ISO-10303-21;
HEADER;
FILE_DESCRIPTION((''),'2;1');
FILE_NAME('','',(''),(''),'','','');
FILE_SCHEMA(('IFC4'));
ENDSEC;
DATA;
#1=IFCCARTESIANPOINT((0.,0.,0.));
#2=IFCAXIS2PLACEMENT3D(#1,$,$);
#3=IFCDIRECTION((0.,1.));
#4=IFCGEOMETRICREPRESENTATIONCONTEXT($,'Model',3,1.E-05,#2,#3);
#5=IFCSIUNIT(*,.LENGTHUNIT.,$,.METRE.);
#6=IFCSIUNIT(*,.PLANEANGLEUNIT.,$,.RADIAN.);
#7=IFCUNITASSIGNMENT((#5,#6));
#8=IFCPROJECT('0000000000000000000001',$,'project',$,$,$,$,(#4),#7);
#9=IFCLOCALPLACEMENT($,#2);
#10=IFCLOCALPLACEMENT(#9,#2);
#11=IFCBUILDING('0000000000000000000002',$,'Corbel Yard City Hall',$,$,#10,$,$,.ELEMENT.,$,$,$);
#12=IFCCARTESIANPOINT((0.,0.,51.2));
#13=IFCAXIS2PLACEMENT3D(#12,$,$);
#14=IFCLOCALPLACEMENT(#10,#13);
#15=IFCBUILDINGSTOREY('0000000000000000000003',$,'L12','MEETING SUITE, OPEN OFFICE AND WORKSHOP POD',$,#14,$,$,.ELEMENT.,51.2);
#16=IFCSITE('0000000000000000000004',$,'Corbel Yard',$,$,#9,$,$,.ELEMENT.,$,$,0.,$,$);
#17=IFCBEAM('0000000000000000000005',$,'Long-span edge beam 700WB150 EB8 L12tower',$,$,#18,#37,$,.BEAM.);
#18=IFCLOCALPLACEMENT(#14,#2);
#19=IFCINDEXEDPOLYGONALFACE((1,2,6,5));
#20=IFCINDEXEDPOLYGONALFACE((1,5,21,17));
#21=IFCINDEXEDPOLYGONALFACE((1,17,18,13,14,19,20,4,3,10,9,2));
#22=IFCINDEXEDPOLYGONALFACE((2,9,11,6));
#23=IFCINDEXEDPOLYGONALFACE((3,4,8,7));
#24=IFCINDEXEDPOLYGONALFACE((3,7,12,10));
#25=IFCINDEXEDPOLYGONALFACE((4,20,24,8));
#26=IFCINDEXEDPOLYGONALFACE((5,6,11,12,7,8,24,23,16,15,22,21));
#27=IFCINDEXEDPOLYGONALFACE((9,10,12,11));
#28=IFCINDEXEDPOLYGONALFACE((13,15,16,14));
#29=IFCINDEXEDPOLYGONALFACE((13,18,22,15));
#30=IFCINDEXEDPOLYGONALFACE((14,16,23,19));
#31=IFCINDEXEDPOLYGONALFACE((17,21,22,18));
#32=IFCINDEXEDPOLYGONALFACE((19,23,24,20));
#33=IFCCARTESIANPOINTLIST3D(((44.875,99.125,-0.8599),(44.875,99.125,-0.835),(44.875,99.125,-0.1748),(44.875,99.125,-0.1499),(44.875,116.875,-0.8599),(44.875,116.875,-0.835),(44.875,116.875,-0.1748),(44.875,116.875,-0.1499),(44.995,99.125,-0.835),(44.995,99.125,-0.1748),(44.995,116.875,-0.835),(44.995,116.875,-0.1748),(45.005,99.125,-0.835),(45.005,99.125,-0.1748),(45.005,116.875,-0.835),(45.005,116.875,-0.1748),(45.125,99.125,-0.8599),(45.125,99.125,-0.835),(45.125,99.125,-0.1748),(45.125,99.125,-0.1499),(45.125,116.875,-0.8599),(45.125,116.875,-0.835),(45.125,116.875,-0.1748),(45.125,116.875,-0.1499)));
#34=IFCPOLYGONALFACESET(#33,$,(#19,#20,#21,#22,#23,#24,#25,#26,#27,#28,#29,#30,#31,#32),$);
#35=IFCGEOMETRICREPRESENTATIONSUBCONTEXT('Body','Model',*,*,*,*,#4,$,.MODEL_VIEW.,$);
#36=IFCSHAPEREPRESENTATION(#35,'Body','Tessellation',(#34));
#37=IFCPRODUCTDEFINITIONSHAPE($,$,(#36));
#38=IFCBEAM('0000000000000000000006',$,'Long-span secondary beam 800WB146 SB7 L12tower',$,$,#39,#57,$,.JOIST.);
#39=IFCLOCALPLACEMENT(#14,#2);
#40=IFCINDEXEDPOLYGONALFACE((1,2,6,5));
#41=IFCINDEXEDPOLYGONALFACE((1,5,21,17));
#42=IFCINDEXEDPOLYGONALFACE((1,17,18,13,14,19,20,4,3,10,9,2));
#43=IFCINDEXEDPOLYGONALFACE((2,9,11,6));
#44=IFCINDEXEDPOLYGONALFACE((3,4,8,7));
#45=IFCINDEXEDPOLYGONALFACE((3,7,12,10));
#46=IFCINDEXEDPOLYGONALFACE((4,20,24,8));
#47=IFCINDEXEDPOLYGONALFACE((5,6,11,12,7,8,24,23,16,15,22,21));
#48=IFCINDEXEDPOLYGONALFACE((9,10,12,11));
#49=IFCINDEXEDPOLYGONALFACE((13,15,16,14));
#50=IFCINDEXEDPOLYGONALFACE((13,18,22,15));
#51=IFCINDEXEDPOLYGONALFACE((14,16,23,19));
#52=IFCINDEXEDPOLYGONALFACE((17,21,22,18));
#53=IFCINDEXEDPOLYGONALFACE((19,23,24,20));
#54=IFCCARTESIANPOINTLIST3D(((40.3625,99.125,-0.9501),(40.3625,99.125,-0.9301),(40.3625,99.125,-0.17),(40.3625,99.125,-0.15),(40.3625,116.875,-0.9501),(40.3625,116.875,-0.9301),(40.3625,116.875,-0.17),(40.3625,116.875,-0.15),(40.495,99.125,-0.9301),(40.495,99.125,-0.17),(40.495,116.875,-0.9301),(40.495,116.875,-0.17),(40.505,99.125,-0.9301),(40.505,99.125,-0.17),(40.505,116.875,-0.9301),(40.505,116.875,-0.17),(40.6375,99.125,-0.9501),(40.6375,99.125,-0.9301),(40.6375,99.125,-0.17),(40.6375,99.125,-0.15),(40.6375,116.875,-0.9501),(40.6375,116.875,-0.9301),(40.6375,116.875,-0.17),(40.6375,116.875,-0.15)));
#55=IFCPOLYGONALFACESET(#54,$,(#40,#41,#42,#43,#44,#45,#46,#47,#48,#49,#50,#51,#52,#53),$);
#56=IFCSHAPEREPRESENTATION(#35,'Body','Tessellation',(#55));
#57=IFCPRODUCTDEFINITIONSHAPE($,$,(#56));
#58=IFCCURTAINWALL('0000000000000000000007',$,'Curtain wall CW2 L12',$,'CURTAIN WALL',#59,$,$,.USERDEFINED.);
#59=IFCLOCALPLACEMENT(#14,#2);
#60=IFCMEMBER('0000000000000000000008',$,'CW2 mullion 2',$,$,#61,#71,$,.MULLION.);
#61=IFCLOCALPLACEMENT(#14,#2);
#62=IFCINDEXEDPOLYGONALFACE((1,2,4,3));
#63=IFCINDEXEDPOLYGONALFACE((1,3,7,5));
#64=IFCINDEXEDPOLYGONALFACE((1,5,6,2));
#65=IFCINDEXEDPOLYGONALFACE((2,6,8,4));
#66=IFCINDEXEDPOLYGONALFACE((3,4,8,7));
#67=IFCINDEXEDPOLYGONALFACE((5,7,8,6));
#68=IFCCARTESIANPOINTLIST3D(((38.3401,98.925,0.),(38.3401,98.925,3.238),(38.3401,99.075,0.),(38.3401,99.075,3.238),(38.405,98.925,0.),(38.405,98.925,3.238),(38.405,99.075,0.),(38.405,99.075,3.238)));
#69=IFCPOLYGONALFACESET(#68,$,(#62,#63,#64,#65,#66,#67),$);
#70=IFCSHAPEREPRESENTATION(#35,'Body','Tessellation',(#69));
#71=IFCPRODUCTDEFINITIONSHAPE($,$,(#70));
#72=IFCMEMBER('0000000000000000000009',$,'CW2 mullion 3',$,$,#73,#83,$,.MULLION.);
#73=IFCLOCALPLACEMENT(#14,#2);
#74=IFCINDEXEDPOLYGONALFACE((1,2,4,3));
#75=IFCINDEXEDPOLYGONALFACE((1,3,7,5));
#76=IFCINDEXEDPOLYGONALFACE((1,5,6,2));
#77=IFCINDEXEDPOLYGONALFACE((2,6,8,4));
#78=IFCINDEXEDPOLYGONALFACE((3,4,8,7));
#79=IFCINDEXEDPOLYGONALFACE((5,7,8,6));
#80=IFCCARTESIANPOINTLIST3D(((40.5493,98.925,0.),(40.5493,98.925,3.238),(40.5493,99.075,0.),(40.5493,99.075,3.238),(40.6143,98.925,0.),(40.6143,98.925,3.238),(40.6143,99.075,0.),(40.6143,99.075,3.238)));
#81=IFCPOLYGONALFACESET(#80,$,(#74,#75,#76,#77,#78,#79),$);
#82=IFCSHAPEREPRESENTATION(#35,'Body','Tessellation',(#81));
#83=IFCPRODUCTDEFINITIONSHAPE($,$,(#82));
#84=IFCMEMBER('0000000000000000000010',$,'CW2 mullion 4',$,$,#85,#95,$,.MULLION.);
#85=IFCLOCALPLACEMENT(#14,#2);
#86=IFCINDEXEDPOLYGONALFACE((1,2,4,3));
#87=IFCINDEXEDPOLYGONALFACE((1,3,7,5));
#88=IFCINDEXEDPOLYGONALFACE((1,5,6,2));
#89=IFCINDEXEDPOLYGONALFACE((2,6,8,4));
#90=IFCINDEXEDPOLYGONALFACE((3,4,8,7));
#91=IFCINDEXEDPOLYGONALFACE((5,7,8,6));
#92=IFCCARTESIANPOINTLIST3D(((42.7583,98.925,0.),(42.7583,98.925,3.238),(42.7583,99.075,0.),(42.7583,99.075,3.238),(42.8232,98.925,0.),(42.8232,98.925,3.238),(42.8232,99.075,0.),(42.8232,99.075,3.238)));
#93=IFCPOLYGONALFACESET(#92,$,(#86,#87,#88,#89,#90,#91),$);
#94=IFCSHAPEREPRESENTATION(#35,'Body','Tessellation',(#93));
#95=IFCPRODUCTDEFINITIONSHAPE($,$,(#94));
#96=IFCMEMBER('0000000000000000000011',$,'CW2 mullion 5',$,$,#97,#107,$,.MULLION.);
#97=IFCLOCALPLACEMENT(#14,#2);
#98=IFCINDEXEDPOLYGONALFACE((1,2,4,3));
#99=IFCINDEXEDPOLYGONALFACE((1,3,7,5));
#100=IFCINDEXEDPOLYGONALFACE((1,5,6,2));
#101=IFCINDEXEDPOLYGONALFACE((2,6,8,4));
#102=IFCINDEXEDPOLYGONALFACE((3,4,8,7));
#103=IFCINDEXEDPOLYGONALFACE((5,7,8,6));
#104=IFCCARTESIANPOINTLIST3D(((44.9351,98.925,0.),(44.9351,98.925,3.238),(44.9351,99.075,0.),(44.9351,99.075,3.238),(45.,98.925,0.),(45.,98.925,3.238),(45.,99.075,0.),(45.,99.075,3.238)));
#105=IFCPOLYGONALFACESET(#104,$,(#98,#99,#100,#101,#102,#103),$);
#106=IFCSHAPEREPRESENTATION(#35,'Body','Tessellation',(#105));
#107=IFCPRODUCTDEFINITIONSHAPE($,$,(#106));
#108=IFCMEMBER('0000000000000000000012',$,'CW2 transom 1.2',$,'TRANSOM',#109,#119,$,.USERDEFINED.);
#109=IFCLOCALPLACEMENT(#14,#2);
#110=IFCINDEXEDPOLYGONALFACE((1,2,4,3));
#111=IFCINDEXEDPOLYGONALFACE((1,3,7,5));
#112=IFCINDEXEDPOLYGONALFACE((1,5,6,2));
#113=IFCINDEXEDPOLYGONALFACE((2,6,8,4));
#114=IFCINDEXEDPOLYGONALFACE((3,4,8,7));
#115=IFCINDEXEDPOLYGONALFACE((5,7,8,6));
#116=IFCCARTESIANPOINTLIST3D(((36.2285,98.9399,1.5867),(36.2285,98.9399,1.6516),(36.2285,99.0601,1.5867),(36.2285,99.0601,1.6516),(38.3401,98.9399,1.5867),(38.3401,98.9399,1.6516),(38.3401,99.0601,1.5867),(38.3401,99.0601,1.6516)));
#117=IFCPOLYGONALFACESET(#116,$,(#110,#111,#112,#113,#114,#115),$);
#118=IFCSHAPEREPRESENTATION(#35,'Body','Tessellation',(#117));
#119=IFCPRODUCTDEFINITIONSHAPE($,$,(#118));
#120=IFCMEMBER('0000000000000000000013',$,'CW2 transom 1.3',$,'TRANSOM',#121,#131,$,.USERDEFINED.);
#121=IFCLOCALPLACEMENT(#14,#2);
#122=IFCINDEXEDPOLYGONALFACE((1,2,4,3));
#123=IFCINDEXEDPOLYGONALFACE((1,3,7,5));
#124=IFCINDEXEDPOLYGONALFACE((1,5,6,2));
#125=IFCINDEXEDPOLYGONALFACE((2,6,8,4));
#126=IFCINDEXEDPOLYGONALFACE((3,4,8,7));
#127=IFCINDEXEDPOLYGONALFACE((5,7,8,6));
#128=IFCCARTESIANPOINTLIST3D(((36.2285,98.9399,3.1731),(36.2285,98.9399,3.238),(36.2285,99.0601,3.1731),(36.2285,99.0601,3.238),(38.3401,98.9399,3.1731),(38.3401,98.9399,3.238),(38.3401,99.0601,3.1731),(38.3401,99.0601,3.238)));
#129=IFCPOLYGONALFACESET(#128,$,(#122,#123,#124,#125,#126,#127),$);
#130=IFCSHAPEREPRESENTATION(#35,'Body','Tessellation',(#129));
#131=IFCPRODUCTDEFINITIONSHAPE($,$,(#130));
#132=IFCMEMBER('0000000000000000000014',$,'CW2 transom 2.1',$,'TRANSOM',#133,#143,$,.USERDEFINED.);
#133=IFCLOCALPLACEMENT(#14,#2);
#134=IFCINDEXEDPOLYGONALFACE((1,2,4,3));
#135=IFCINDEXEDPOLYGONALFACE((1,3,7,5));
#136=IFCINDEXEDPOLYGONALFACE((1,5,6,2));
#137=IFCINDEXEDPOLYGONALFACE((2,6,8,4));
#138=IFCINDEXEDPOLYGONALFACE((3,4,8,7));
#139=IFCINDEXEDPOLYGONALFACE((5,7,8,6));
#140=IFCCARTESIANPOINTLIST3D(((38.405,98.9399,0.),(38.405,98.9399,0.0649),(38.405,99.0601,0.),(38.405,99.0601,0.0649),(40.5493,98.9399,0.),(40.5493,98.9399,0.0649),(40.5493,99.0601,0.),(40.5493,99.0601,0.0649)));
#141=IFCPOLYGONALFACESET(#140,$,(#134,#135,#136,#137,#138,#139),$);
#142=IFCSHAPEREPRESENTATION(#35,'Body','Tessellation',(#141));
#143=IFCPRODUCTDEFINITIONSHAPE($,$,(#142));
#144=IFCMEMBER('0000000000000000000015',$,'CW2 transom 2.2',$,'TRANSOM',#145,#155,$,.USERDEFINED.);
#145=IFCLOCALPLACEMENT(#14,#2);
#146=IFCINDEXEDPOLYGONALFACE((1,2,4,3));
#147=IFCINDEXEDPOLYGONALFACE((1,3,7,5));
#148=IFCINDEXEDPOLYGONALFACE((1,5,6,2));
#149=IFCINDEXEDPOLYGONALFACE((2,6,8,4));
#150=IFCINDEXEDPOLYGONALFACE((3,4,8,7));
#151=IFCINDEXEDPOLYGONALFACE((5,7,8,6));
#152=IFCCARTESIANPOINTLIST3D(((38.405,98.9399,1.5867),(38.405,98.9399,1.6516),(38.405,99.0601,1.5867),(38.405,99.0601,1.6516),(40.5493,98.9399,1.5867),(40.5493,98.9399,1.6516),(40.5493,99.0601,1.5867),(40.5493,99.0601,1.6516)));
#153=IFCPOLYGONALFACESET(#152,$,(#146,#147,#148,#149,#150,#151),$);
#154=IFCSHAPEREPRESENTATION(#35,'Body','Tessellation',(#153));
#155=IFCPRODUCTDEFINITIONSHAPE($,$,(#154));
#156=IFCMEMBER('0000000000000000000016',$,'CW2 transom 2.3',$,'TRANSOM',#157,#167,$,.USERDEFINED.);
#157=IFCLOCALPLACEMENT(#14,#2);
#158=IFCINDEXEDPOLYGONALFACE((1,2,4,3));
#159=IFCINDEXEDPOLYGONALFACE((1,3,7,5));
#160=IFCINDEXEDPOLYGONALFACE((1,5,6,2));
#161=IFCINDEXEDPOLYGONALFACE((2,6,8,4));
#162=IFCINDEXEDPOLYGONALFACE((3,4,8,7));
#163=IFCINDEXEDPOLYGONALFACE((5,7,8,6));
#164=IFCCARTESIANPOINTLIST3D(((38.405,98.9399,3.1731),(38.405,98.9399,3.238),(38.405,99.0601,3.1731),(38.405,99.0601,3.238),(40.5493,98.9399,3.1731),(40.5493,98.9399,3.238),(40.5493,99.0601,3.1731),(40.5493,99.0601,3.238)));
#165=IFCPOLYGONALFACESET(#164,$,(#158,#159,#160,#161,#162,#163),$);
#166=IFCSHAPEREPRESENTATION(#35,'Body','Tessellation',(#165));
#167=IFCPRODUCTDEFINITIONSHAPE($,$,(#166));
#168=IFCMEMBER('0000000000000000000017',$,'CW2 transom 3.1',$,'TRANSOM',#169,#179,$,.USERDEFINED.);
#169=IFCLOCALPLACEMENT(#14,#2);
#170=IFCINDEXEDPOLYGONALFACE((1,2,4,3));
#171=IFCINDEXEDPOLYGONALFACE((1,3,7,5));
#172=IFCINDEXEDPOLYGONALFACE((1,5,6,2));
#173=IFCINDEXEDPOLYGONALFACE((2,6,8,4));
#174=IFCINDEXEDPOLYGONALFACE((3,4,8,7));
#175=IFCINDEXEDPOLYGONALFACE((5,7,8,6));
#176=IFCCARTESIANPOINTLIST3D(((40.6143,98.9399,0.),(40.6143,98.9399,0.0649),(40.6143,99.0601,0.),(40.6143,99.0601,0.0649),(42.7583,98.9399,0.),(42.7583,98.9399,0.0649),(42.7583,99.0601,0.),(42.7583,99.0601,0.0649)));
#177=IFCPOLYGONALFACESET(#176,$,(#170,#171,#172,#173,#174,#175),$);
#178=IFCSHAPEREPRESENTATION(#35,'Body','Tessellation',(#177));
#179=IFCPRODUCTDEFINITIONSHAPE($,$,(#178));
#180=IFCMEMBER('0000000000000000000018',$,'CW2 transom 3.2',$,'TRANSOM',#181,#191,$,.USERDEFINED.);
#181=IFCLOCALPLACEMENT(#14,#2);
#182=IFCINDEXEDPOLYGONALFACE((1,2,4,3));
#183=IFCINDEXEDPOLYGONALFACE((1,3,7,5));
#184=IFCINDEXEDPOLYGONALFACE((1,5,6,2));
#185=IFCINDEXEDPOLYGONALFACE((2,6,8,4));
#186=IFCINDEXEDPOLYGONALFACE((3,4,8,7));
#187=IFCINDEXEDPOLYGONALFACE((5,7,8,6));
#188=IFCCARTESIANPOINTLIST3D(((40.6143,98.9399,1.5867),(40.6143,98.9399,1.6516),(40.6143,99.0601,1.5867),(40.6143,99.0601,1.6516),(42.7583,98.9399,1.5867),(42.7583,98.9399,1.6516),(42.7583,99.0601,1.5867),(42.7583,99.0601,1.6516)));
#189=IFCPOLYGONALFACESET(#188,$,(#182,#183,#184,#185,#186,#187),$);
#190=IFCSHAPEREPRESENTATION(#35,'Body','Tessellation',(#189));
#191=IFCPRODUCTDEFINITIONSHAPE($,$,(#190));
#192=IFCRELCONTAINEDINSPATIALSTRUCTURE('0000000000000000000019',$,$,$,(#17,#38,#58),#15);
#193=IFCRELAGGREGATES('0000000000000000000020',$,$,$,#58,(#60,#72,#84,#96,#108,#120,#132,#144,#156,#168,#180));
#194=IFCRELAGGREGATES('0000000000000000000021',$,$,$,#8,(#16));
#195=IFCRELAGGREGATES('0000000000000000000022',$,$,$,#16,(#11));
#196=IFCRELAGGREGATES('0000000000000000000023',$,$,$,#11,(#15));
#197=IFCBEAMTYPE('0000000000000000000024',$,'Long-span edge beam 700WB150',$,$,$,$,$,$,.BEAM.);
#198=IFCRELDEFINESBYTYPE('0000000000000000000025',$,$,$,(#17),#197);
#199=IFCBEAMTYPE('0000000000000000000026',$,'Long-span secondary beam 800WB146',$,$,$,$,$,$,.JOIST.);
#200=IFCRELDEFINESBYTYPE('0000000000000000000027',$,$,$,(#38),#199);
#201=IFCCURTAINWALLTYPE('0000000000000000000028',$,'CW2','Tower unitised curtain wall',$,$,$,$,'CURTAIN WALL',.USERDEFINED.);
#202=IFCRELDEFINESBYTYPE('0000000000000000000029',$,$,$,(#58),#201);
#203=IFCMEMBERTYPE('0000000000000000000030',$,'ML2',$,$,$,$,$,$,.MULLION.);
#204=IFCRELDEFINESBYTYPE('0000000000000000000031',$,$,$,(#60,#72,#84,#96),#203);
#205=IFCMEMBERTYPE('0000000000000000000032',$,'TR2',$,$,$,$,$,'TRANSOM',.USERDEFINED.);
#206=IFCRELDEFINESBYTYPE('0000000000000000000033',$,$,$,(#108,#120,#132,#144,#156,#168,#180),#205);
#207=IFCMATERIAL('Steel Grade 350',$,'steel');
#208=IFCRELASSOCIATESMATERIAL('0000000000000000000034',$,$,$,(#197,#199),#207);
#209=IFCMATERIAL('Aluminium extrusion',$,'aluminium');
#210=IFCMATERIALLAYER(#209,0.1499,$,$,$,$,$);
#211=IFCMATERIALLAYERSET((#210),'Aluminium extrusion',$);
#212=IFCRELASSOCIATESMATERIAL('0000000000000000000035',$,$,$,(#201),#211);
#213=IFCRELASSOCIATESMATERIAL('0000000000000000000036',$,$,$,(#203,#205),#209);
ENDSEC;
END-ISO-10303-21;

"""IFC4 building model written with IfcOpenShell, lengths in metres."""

from ifc_helpers import new_model, si_unit, direction, frame, origin, origin_2d, place, context, subcontext, project, spatial, rectangle, i_section, extrude, material, layer, layer_set, material_profile, profile_set, type_object, element, aggregate, save


model = new_model("IFC4")

# Units and contexts
model_context = context("Model", 3, precision=1e-05, world=origin(), true_north=direction((0.0, 1.0)))
body_context = subcontext(model_context, "Body", "Model", "MODEL_VIEW")
ifc_project = project(units=[si_unit("LENGTHUNIT", "METRE"), si_unit("PLANEANGLEUNIT", "RADIAN")], contexts=[model_context])

# Site, building, storey
site_placement = place(None, origin())
site = spatial("IfcSite", under=ifc_project, at=site_placement, Name="Corbel Yard", CompositionType="ELEMENT", RefElevation=0.0)
building_placement = place(site_placement, origin())
building = spatial("IfcBuilding", under=site, at=building_placement, Name="Corbel Yard City Hall", CompositionType="ELEMENT")
storey_placement = place(building_placement, frame((0.0, 0.0, 51.2)))
storey = spatial("IfcBuildingStorey", under=building, at=storey_placement, Name="L12", Description="MEETING SUITE, OPEN OFFICE AND WORKSHOP POD", CompositionType="ELEMENT", Elevation=51.2)

# Beams
ifc_material_1 = material(Name="Steel Grade 350", Category="steel")
ifc_material_profile_1 = material_profile(ifc_material_1, i_section(OverallWidth=0.25, OverallDepth=0.71, WebThickness=0.01, FlangeThickness=0.0249, at=origin_2d()), Name="700WB150")
ifc_profile_set_1 = profile_set([ifc_material_profile_1], Name="Steel Grade 350")
beam_type_1 = type_object("IfcBeamType", Name="Long-span edge beam 700WB150", PredefinedType="BEAM", material=ifc_profile_set_1)
beam_1_placement = place(storey_placement, frame((45.0, 99.125, -0.5049), z_axis=(0.0, 1.0, 0.0), x_axis=(-1.0, 0.0, 0.0)))
element("IfcBeam", 1, at=beam_1_placement, inside=storey, type_object=beam_type_1, Name="Long-span edge beam 700WB150 EB8 L12tower", PredefinedType="BEAM", context=body_context, shape_type="SweptSolid", body=[
    extrude(i_section(OverallWidth=0.25, OverallDepth=0.71, WebThickness=0.01, FlangeThickness=0.0249, at=origin_2d()), origin(), (0.0, 0.0, 1.0), 17.75),
])
ifc_material_profile_2 = material_profile(ifc_material_1, i_section(OverallWidth=0.2749, OverallDepth=0.8, WebThickness=0.01, FlangeThickness=0.02, at=origin_2d()), Name="800WB146")
ifc_profile_set_2 = profile_set([ifc_material_profile_2], Name="Steel Grade 350")
beam_type_2 = type_object("IfcBeamType", Name="Long-span secondary beam 800WB146", PredefinedType="JOIST", material=ifc_profile_set_2)
beam_2_placement = place(storey_placement, frame((40.5, 99.125, -0.55), z_axis=(0.0, 1.0, 0.0), x_axis=(-1.0, 0.0, 0.0)))
element("IfcBeam", 2, at=beam_2_placement, inside=storey, type_object=beam_type_2, Name="Long-span secondary beam 800WB146 SB7 L12tower", PredefinedType="JOIST", context=body_context, shape_type="SweptSolid", body=[
    extrude(i_section(OverallWidth=0.2749, OverallDepth=0.8, WebThickness=0.01, FlangeThickness=0.02, at=origin_2d()), origin(), (0.0, 0.0, 1.0), 17.75),
])

# Curtain wall, members
ifc_material_2 = material(Name="Aluminium extrusion", Category="aluminium")
ifc_layer_1 = layer(ifc_material_2, 0.1499)
ifc_layer_set_1 = layer_set([ifc_layer_1], Name="Aluminium extrusion")
curtain_wall_type = type_object("IfcCurtainWallType", Name="CW2", Description="Tower unitised curtain wall", ElementType="CURTAIN WALL", PredefinedType="USERDEFINED", material=ifc_layer_set_1)
curtain_wall_placement = place(storey_placement, origin())
curtain_wall = element("IfcCurtainWall", 3, at=curtain_wall_placement, inside=storey, type_object=curtain_wall_type, Name="Curtain wall CW2 L12", ObjectType="CURTAIN WALL", PredefinedType="USERDEFINED")
ifc_material_profile_3 = material_profile(ifc_material_2, rectangle(XDim=0.1499, YDim=0.0649, at=origin_2d()), Name="150x65")
ifc_profile_set_3 = profile_set([ifc_material_profile_3], Name="Aluminium extrusion")
member_type_1 = type_object("IfcMemberType", Name="ML2", PredefinedType="MULLION", material=ifc_profile_set_3)
member_1_placement = place(storey_placement, frame((38.3726, 99.0, 0.0), z_axis=(0.0, 0.0, 1.0), x_axis=(0.0, 1.0, 0.0)))
member_1 = element("IfcMember", 4, at=member_1_placement, type_object=member_type_1, Name="CW2 mullion 2", PredefinedType="MULLION", context=body_context, shape_type="SweptSolid", body=[
    extrude(rectangle(XDim=0.1499, YDim=0.0649, at=origin_2d()), origin(), (0.0, 0.0, 1.0), 3.238),
])
member_2_placement = place(storey_placement, frame((40.5818, 99.0, 0.0), z_axis=(0.0, 0.0, 1.0), x_axis=(0.0, 1.0, 0.0)))
member_2 = element("IfcMember", 5, at=member_2_placement, type_object=member_type_1, Name="CW2 mullion 3", PredefinedType="MULLION", context=body_context, shape_type="SweptSolid", body=[
    extrude(rectangle(XDim=0.1499, YDim=0.0649, at=origin_2d()), origin(), (0.0, 0.0, 1.0), 3.238),
])
member_3_placement = place(storey_placement, frame((42.7908, 99.0, 0.0), z_axis=(0.0, 0.0, 1.0), x_axis=(0.0, 1.0, 0.0)))
member_3 = element("IfcMember", 6, at=member_3_placement, type_object=member_type_1, Name="CW2 mullion 4", PredefinedType="MULLION", context=body_context, shape_type="SweptSolid", body=[
    extrude(rectangle(XDim=0.1499, YDim=0.0649, at=origin_2d()), origin(), (0.0, 0.0, 1.0), 3.238),
])
member_4_placement = place(storey_placement, frame((44.9675, 99.0, 0.0), z_axis=(0.0, 0.0, 1.0), x_axis=(0.0, 1.0, 0.0)))
member_4 = element("IfcMember", 7, at=member_4_placement, type_object=member_type_1, Name="CW2 mullion 5", PredefinedType="MULLION", context=body_context, shape_type="SweptSolid", body=[
    extrude(rectangle(XDim=0.1499, YDim=0.0649, at=origin_2d()), origin(), (0.0, 0.0, 1.0), 3.238),
])
ifc_material_profile_4 = material_profile(ifc_material_2, rectangle(XDim=0.1201, YDim=0.0649, at=origin_2d()), Name="120x65")
ifc_profile_set_4 = profile_set([ifc_material_profile_4], Name="Aluminium extrusion")
member_type_2 = type_object("IfcMemberType", Name="TR2", ElementType="TRANSOM", PredefinedType="USERDEFINED", material=ifc_profile_set_4)
member_5_placement = place(storey_placement, frame((36.2285, 99.0, 1.6191), z_axis=(1.0, 0.0, 0.0), x_axis=(0.0, 1.0, 0.0)))
member_5 = element("IfcMember", 8, at=member_5_placement, type_object=member_type_2, Name="CW2 transom 1.2", ObjectType="TRANSOM", PredefinedType="USERDEFINED", context=body_context, shape_type="SweptSolid", body=[
    extrude(rectangle(XDim=0.1201, YDim=0.0649, at=origin_2d()), origin(), (0.0, 0.0, 1.0), 2.1116),
])
member_6_placement = place(storey_placement, frame((36.2285, 99.0, 3.2056), z_axis=(1.0, 0.0, 0.0), x_axis=(0.0, 1.0, 0.0)))
member_6 = element("IfcMember", 9, at=member_6_placement, type_object=member_type_2, Name="CW2 transom 1.3", ObjectType="TRANSOM", PredefinedType="USERDEFINED", context=body_context, shape_type="SweptSolid", body=[
    extrude(rectangle(XDim=0.1201, YDim=0.0649, at=origin_2d()), origin(), (0.0, 0.0, 1.0), 2.1116),
])
member_7_placement = place(storey_placement, frame((38.405, 99.0, 0.0325), z_axis=(1.0, 0.0, 0.0), x_axis=(0.0, 1.0, 0.0)))
member_7 = element("IfcMember", 10, at=member_7_placement, type_object=member_type_2, Name="CW2 transom 2.1", ObjectType="TRANSOM", PredefinedType="USERDEFINED", context=body_context, shape_type="SweptSolid", body=[
    extrude(rectangle(XDim=0.1201, YDim=0.0649, at=origin_2d()), origin(), (0.0, 0.0, 1.0), 2.1443),
])
member_8_placement = place(storey_placement, frame((38.405, 99.0, 1.6191), z_axis=(1.0, 0.0, 0.0), x_axis=(0.0, 1.0, 0.0)))
member_8 = element("IfcMember", 11, at=member_8_placement, type_object=member_type_2, Name="CW2 transom 2.2", ObjectType="TRANSOM", PredefinedType="USERDEFINED", context=body_context, shape_type="SweptSolid", body=[
    extrude(rectangle(XDim=0.1201, YDim=0.0649, at=origin_2d()), origin(), (0.0, 0.0, 1.0), 2.1443),
])
member_9_placement = place(storey_placement, frame((38.405, 99.0, 3.2056), z_axis=(1.0, 0.0, 0.0), x_axis=(0.0, 1.0, 0.0)))
member_9 = element("IfcMember", 12, at=member_9_placement, type_object=member_type_2, Name="CW2 transom 2.3", ObjectType="TRANSOM", PredefinedType="USERDEFINED", context=body_context, shape_type="SweptSolid", body=[
    extrude(rectangle(XDim=0.1201, YDim=0.0649, at=origin_2d()), origin(), (0.0, 0.0, 1.0), 2.1443),
])
member_10_placement = place(storey_placement, frame((40.6143, 99.0, 0.0325), z_axis=(1.0, 0.0, 0.0), x_axis=(0.0, 1.0, 0.0)))
member_10 = element("IfcMember", 13, at=member_10_placement, type_object=member_type_2, Name="CW2 transom 3.1", ObjectType="TRANSOM", PredefinedType="USERDEFINED", context=body_context, shape_type="SweptSolid", body=[
    extrude(rectangle(XDim=0.1201, YDim=0.0649, at=origin_2d()), origin(), (0.0, 0.0, 1.0), 2.144),
])
member_11_placement = place(storey_placement, frame((40.6143, 99.0, 1.6191), z_axis=(1.0, 0.0, 0.0), x_axis=(0.0, 1.0, 0.0)))
member_11 = element("IfcMember", 14, at=member_11_placement, type_object=member_type_2, Name="CW2 transom 3.2", ObjectType="TRANSOM", PredefinedType="USERDEFINED", context=body_context, shape_type="SweptSolid", body=[
    extrude(rectangle(XDim=0.1201, YDim=0.0649, at=origin_2d()), origin(), (0.0, 0.0, 1.0), 2.144),
])
aggregate(curtain_wall, [member_1, member_2, member_3, member_4, member_5, member_6, member_7, member_8, member_9, member_10, member_11])

save(model, "model.ifc")
